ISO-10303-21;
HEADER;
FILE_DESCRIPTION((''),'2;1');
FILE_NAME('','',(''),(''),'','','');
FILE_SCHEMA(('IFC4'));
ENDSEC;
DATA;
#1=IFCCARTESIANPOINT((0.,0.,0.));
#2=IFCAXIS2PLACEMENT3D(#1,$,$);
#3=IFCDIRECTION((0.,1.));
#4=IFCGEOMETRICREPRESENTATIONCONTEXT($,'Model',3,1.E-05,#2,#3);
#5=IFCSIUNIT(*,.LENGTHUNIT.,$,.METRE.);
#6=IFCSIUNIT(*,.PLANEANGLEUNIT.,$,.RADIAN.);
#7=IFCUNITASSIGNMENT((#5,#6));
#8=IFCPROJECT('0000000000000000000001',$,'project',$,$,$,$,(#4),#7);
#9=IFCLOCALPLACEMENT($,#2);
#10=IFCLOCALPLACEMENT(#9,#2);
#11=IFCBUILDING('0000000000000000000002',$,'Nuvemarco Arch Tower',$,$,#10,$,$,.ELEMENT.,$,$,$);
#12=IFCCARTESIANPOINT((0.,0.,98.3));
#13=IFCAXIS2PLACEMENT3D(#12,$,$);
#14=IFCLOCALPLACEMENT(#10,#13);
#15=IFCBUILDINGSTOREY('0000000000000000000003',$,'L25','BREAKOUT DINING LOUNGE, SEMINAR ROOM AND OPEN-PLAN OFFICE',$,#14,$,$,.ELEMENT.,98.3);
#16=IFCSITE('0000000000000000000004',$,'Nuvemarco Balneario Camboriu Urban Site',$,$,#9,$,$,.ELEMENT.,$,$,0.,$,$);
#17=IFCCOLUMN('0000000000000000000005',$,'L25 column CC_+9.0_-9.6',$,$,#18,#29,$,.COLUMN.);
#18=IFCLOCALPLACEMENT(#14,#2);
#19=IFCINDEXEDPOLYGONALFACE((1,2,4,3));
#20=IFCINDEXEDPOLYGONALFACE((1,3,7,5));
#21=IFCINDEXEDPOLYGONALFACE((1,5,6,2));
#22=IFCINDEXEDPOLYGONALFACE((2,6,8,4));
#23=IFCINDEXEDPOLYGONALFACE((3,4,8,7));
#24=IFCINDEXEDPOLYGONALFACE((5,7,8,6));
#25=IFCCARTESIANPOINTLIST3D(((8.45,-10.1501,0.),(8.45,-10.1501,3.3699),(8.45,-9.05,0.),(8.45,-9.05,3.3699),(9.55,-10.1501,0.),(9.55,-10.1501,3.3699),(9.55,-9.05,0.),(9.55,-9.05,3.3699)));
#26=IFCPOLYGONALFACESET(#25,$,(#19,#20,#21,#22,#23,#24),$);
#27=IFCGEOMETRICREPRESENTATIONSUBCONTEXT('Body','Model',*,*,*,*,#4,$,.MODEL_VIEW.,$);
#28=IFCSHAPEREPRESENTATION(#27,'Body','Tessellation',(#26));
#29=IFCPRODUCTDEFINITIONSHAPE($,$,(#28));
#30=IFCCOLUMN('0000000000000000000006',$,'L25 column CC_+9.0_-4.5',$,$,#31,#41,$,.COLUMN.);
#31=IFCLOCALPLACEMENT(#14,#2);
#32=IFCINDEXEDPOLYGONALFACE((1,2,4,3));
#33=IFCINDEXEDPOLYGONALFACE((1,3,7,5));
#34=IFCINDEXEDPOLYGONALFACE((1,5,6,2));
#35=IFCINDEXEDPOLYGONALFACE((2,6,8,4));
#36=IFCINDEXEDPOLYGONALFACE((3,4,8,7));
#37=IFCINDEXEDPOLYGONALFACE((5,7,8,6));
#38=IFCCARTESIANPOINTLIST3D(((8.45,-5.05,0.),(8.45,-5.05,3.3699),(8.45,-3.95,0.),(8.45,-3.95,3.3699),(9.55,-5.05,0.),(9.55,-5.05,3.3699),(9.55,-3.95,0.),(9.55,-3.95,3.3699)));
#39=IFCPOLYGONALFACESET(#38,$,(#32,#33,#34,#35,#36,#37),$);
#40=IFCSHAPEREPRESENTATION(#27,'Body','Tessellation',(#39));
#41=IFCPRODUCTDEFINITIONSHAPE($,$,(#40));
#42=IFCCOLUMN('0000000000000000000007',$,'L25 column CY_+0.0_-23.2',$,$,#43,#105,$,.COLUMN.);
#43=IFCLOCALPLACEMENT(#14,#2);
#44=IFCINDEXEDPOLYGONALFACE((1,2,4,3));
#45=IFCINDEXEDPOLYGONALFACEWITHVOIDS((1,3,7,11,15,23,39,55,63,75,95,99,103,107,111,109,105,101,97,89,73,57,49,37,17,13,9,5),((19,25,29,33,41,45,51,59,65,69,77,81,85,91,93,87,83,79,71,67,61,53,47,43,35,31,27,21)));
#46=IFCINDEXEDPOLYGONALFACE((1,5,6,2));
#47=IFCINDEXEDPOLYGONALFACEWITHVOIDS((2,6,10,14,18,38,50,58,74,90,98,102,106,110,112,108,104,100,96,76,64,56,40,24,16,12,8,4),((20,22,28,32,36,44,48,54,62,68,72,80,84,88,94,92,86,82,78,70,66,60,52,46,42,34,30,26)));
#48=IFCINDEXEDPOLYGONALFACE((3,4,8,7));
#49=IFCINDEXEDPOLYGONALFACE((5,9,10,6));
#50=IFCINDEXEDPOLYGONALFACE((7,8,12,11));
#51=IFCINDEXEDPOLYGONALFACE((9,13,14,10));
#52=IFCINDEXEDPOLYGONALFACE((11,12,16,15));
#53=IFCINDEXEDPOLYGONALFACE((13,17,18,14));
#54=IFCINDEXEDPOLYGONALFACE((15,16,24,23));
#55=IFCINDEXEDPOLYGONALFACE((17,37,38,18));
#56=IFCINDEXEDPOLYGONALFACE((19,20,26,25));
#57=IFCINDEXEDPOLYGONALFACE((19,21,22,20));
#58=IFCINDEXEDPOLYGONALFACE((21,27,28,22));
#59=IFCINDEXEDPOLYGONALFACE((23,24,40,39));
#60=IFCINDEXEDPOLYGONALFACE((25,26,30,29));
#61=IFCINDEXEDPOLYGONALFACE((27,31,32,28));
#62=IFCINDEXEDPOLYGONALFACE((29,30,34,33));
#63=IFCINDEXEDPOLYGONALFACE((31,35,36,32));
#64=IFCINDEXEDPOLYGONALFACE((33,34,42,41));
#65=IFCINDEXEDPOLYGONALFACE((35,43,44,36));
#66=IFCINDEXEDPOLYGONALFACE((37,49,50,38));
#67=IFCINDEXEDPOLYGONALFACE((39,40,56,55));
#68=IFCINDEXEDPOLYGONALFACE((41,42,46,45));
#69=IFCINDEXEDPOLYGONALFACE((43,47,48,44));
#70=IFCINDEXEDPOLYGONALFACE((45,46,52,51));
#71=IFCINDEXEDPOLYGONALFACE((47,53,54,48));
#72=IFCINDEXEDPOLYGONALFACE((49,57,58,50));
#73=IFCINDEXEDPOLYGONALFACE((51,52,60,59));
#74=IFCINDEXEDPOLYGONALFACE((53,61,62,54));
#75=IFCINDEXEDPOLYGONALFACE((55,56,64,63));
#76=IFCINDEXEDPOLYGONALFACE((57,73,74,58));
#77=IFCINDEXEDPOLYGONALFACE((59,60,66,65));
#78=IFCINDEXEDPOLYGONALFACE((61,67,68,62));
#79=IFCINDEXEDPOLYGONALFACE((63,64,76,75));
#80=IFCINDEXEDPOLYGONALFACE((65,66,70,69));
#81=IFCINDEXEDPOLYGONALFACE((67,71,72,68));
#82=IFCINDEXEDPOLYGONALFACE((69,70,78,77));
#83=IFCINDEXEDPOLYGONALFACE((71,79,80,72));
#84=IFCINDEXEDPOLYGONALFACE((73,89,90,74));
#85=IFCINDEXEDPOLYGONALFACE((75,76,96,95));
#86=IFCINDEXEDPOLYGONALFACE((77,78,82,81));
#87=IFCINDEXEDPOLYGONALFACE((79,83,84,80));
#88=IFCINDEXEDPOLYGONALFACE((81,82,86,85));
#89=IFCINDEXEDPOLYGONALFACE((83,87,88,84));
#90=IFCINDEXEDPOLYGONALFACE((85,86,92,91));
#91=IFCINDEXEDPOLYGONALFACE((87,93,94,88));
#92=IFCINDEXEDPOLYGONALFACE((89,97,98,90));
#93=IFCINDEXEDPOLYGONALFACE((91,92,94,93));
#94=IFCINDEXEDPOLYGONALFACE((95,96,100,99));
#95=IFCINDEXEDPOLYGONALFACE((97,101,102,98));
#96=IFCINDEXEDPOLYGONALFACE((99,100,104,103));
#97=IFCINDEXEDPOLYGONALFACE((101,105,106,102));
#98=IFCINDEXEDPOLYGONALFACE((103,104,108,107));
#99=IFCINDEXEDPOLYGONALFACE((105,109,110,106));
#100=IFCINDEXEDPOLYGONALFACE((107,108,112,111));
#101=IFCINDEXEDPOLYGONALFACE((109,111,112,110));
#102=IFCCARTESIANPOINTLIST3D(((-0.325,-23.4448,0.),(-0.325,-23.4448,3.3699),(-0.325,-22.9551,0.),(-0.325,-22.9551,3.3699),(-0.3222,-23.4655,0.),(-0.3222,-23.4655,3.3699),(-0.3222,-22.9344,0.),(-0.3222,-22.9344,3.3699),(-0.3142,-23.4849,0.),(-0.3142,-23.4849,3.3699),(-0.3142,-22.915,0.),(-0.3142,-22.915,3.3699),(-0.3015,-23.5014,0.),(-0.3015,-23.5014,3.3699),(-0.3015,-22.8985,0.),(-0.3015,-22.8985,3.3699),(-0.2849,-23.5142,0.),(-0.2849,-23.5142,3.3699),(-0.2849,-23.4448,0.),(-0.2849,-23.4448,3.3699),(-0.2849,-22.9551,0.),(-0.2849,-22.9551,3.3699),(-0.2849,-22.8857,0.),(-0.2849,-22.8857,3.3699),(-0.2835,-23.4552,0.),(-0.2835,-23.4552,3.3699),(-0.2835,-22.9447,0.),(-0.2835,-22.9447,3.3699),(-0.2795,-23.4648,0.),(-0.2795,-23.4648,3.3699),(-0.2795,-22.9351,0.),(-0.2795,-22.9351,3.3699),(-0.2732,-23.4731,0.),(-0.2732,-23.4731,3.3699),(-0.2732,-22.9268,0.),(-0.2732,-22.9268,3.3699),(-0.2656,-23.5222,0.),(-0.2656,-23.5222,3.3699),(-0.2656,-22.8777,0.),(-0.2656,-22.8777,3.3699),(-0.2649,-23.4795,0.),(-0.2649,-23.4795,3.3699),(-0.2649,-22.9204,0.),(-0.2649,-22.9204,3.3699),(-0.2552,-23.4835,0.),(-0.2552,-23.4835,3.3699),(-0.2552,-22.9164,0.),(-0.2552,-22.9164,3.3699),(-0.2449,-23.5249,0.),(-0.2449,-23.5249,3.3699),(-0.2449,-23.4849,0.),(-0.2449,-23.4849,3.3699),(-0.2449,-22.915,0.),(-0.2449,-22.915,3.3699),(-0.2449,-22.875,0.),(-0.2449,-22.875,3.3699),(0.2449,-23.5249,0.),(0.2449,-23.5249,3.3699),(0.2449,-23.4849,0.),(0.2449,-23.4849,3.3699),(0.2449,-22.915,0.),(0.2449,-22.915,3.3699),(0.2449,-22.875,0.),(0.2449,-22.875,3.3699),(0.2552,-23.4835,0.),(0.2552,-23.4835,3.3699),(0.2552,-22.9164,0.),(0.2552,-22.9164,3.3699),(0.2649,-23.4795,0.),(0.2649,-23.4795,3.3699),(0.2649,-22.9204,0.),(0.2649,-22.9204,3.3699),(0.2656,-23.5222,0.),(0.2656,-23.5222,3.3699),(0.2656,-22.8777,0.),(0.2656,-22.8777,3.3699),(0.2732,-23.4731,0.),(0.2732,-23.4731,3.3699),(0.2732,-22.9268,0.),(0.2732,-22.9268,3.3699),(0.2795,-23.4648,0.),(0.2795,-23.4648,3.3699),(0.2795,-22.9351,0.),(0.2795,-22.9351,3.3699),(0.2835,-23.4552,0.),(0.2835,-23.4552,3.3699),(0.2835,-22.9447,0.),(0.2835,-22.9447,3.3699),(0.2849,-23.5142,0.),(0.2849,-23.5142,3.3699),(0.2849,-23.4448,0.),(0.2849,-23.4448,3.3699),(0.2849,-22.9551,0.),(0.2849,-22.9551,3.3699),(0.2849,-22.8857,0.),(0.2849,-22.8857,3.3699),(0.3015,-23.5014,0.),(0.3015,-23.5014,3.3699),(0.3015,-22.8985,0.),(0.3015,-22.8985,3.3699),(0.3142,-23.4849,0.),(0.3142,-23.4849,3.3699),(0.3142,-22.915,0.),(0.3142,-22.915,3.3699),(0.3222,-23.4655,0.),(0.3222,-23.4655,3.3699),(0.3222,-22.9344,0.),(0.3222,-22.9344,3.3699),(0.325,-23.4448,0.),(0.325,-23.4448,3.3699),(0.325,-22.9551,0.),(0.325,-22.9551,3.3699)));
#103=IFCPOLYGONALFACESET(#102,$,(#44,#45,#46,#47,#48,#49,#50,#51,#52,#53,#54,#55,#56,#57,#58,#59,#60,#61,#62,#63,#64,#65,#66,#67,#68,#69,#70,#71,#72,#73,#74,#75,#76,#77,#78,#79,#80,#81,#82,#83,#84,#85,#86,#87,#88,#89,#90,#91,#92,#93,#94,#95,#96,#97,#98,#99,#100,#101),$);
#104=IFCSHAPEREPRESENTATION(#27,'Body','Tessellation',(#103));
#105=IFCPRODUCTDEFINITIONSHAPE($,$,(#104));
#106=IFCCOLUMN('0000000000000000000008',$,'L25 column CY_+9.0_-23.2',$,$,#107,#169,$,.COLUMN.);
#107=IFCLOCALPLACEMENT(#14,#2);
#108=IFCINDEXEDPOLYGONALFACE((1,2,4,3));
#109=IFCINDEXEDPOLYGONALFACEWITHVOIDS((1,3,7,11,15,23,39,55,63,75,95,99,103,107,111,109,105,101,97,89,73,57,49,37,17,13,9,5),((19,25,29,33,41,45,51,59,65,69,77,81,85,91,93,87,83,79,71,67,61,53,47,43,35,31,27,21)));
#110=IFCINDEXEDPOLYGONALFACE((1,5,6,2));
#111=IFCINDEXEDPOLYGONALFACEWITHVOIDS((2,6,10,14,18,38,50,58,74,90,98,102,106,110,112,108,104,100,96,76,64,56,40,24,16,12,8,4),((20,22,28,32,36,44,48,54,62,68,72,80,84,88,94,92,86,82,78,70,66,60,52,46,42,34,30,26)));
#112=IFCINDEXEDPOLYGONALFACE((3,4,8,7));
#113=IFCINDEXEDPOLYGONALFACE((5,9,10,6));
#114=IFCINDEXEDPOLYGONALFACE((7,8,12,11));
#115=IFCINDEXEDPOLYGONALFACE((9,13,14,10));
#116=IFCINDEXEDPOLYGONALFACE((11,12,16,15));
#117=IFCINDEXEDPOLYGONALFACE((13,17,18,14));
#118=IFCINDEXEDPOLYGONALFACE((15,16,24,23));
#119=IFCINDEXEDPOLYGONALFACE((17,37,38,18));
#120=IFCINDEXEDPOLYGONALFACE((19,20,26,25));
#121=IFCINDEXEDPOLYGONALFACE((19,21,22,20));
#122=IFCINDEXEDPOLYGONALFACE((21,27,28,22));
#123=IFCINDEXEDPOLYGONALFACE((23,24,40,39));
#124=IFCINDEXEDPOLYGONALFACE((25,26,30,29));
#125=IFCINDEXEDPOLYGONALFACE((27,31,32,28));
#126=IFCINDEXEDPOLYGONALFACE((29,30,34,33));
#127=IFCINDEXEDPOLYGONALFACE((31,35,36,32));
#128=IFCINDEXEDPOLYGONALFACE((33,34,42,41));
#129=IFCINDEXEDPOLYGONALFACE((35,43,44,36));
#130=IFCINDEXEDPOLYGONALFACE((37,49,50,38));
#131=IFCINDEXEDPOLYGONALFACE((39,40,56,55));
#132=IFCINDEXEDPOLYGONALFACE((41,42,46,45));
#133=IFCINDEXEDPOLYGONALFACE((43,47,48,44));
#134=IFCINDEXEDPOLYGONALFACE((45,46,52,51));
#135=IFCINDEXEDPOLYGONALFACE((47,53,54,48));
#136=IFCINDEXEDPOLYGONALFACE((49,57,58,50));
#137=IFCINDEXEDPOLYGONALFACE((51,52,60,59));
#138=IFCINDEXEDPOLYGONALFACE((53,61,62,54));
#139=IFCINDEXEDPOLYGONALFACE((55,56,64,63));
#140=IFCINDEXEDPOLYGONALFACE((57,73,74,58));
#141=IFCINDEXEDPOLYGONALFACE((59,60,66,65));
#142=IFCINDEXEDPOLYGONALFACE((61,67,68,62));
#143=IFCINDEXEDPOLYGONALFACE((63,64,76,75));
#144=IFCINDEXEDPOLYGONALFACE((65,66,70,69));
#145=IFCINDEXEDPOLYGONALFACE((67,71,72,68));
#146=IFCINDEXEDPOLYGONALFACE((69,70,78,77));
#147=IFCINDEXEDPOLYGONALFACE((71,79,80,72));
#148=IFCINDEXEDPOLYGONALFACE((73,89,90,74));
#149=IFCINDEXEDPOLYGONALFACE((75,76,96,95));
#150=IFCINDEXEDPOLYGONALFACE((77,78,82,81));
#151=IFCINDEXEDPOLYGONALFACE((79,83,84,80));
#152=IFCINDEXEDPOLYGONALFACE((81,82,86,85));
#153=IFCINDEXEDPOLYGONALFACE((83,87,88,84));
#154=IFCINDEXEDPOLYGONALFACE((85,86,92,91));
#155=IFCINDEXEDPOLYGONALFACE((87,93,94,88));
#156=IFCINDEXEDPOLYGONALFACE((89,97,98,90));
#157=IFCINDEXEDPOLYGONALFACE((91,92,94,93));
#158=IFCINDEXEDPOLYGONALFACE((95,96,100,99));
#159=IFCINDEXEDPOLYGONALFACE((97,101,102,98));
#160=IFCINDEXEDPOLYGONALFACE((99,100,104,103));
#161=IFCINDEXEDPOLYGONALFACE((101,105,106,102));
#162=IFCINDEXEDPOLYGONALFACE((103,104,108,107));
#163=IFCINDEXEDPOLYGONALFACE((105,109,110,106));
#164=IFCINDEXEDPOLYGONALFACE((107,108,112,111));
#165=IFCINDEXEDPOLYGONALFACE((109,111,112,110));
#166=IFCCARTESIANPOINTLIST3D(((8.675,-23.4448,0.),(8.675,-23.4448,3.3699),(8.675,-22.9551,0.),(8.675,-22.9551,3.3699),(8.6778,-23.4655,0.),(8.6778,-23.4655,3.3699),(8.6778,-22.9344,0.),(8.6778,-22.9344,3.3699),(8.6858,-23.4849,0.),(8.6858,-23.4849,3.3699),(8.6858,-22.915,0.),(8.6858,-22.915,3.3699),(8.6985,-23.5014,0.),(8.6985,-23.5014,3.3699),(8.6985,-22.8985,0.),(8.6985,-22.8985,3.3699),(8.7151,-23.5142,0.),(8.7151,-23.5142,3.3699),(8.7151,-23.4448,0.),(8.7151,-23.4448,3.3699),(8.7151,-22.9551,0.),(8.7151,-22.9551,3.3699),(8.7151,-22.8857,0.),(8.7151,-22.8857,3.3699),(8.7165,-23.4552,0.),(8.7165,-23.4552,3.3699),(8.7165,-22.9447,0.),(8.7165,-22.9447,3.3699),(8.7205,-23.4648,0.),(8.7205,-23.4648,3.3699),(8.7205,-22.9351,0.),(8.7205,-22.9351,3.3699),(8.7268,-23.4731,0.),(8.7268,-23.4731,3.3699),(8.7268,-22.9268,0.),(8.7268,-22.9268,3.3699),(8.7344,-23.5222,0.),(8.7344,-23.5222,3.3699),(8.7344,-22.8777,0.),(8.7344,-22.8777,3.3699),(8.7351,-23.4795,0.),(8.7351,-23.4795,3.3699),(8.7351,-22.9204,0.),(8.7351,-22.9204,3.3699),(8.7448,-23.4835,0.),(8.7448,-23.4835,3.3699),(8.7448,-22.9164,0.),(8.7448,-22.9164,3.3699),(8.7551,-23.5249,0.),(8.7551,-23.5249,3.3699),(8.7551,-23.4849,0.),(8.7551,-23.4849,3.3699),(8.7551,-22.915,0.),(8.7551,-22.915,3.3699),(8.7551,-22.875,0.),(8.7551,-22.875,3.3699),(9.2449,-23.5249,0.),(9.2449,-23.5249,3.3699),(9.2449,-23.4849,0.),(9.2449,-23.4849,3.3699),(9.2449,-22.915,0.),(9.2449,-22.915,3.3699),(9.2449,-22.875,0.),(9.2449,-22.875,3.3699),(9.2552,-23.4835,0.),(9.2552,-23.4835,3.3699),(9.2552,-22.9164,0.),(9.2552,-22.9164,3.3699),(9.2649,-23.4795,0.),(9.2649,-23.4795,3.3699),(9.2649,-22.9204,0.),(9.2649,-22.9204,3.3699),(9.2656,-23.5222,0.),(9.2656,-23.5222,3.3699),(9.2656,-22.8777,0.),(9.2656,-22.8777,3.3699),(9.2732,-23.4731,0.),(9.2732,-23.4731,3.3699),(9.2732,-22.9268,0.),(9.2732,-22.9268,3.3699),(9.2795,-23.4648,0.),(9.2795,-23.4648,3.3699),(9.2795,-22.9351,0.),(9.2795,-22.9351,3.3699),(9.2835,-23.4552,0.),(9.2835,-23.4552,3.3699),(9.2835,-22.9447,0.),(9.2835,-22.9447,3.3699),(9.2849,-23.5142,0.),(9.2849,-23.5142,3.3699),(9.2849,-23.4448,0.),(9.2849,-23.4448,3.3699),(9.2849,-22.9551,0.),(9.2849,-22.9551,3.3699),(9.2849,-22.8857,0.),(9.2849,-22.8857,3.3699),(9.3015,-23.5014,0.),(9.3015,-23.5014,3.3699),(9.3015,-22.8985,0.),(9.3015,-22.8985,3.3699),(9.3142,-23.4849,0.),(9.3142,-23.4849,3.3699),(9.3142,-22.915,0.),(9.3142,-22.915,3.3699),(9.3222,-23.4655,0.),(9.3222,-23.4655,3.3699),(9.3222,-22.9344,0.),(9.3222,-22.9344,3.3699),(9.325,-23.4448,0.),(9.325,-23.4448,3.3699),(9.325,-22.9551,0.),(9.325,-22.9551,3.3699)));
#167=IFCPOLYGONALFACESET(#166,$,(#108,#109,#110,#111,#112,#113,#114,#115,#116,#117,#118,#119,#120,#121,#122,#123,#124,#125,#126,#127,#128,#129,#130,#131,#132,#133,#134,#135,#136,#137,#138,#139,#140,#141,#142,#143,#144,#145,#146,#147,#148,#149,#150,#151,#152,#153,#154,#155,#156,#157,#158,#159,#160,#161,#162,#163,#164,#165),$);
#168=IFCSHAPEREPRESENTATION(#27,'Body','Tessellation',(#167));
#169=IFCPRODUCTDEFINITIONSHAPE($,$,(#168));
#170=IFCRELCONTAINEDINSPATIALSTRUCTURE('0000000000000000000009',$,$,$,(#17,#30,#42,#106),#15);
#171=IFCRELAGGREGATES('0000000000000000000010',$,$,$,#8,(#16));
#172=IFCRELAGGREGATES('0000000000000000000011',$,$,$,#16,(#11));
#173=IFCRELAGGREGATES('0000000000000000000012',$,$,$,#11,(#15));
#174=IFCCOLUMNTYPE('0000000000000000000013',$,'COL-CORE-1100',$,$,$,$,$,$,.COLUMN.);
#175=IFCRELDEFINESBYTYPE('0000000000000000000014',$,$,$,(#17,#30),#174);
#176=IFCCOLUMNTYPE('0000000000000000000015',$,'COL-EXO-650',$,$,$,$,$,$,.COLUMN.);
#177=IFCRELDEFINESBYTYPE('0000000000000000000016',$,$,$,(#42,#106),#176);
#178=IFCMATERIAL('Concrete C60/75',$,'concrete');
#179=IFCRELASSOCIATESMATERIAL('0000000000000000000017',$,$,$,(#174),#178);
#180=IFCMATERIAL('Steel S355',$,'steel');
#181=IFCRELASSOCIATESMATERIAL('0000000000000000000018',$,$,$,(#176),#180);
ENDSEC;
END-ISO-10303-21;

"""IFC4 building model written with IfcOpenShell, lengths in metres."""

from ifc_helpers import new_model, si_unit, direction, frame, origin, origin_2d, place, context, subcontext, project, spatial, rectangle, hollow_rectangle, extrude, material, material_profile, profile_set, type_object, element, save


model = new_model("IFC4")

# Units and contexts
model_context = context("Model", 3, precision=1e-05, world=origin(), true_north=direction((0.0, 1.0)))
body_context = subcontext(model_context, "Body", "Model", "MODEL_VIEW")
ifc_project = project(units=[si_unit("LENGTHUNIT", "METRE"), si_unit("PLANEANGLEUNIT", "RADIAN")], contexts=[model_context])

# Site, building, storey
site_placement = place(None, origin())
site = spatial("IfcSite", under=ifc_project, at=site_placement, Name="Nuvemarco Balneario Camboriu Urban Site", CompositionType="ELEMENT", RefElevation=0.0)
building_placement = place(site_placement, origin())
building = spatial("IfcBuilding", under=site, at=building_placement, Name="Nuvemarco Arch Tower", CompositionType="ELEMENT")
storey_placement = place(building_placement, frame((0.0, 0.0, 98.3)))
storey = spatial("IfcBuildingStorey", under=building, at=storey_placement, Name="L25", Description="BREAKOUT DINING LOUNGE, SEMINAR ROOM AND OPEN-PLAN OFFICE", CompositionType="ELEMENT", Elevation=98.3)

# Columns
ifc_material_1 = material(Name="Concrete C60/75", Category="concrete")
ifc_material_profile_1 = material_profile(ifc_material_1, rectangle(XDim=1.1001, YDim=1.1001, at=origin_2d()), Name="RC-COL-1100x1100")
ifc_profile_set_1 = profile_set([ifc_material_profile_1], Name="Concrete C60/75")
column_type_1 = type_object("IfcColumnType", Name="COL-CORE-1100", PredefinedType="COLUMN", material=ifc_profile_set_1)
for number, where, z_axis, x_axis, name in (
    (1, (9.0, -9.6001, 0.0), (0.0, 0.0, 1.0), (1.0, 0.0, 0.0), "L25 column CC_+9.0_-9.6"),
    (2, (9.0, -4.5, 0.0), (0.0, 0.0, 1.0), (1.0, 0.0, 0.0), "L25 column CC_+9.0_-4.5"),
):
    element("IfcColumn", number, at=place(storey_placement, frame(where, z_axis=z_axis, x_axis=x_axis)), inside=storey, type_object=column_type_1, Name=name, PredefinedType="COLUMN", context=body_context, shape_type="SweptSolid", body=[
        extrude(rectangle(XDim=1.1001, YDim=1.1001, at=origin_2d()), origin(), (0.0, 0.0, 1.0), 3.3699),
    ])
ifc_material_2 = material(Name="Steel S355", Category="steel")
ifc_material_profile_2 = material_profile(ifc_material_2, hollow_rectangle(XDim=0.6499, YDim=0.6499, WallThickness=0.04, InnerFilletRadius=0.04, OuterFilletRadius=0.0801, at=origin_2d()), Name="SHS650x650x40")
ifc_profile_set_2 = profile_set([ifc_material_profile_2], Name="Steel S355")
column_type_2 = type_object("IfcColumnType", Name="COL-EXO-650", PredefinedType="COLUMN", material=ifc_profile_set_2)
for number, where, z_axis, x_axis, name in (
    (3, (0.0, -23.2, 0.0), (0.0, 0.0, 1.0), (1.0, 0.0, 0.0), "L25 column CY_+0.0_-23.2"),
    (4, (9.0, -23.2, 0.0), (0.0, 0.0, 1.0), (1.0, 0.0, 0.0), "L25 column CY_+9.0_-23.2"),
):
    element("IfcColumn", number, at=place(storey_placement, frame(where, z_axis=z_axis, x_axis=x_axis)), inside=storey, type_object=column_type_2, Name=name, PredefinedType="COLUMN", context=body_context, shape_type="SweptSolid", body=[
        extrude(hollow_rectangle(XDim=0.6499, YDim=0.6499, WallThickness=0.04, InnerFilletRadius=0.04, OuterFilletRadius=0.0801, at=origin_2d()), origin(), (0.0, 0.0, 1.0), 3.3699),
    ])

save(model, "model.ifc")
